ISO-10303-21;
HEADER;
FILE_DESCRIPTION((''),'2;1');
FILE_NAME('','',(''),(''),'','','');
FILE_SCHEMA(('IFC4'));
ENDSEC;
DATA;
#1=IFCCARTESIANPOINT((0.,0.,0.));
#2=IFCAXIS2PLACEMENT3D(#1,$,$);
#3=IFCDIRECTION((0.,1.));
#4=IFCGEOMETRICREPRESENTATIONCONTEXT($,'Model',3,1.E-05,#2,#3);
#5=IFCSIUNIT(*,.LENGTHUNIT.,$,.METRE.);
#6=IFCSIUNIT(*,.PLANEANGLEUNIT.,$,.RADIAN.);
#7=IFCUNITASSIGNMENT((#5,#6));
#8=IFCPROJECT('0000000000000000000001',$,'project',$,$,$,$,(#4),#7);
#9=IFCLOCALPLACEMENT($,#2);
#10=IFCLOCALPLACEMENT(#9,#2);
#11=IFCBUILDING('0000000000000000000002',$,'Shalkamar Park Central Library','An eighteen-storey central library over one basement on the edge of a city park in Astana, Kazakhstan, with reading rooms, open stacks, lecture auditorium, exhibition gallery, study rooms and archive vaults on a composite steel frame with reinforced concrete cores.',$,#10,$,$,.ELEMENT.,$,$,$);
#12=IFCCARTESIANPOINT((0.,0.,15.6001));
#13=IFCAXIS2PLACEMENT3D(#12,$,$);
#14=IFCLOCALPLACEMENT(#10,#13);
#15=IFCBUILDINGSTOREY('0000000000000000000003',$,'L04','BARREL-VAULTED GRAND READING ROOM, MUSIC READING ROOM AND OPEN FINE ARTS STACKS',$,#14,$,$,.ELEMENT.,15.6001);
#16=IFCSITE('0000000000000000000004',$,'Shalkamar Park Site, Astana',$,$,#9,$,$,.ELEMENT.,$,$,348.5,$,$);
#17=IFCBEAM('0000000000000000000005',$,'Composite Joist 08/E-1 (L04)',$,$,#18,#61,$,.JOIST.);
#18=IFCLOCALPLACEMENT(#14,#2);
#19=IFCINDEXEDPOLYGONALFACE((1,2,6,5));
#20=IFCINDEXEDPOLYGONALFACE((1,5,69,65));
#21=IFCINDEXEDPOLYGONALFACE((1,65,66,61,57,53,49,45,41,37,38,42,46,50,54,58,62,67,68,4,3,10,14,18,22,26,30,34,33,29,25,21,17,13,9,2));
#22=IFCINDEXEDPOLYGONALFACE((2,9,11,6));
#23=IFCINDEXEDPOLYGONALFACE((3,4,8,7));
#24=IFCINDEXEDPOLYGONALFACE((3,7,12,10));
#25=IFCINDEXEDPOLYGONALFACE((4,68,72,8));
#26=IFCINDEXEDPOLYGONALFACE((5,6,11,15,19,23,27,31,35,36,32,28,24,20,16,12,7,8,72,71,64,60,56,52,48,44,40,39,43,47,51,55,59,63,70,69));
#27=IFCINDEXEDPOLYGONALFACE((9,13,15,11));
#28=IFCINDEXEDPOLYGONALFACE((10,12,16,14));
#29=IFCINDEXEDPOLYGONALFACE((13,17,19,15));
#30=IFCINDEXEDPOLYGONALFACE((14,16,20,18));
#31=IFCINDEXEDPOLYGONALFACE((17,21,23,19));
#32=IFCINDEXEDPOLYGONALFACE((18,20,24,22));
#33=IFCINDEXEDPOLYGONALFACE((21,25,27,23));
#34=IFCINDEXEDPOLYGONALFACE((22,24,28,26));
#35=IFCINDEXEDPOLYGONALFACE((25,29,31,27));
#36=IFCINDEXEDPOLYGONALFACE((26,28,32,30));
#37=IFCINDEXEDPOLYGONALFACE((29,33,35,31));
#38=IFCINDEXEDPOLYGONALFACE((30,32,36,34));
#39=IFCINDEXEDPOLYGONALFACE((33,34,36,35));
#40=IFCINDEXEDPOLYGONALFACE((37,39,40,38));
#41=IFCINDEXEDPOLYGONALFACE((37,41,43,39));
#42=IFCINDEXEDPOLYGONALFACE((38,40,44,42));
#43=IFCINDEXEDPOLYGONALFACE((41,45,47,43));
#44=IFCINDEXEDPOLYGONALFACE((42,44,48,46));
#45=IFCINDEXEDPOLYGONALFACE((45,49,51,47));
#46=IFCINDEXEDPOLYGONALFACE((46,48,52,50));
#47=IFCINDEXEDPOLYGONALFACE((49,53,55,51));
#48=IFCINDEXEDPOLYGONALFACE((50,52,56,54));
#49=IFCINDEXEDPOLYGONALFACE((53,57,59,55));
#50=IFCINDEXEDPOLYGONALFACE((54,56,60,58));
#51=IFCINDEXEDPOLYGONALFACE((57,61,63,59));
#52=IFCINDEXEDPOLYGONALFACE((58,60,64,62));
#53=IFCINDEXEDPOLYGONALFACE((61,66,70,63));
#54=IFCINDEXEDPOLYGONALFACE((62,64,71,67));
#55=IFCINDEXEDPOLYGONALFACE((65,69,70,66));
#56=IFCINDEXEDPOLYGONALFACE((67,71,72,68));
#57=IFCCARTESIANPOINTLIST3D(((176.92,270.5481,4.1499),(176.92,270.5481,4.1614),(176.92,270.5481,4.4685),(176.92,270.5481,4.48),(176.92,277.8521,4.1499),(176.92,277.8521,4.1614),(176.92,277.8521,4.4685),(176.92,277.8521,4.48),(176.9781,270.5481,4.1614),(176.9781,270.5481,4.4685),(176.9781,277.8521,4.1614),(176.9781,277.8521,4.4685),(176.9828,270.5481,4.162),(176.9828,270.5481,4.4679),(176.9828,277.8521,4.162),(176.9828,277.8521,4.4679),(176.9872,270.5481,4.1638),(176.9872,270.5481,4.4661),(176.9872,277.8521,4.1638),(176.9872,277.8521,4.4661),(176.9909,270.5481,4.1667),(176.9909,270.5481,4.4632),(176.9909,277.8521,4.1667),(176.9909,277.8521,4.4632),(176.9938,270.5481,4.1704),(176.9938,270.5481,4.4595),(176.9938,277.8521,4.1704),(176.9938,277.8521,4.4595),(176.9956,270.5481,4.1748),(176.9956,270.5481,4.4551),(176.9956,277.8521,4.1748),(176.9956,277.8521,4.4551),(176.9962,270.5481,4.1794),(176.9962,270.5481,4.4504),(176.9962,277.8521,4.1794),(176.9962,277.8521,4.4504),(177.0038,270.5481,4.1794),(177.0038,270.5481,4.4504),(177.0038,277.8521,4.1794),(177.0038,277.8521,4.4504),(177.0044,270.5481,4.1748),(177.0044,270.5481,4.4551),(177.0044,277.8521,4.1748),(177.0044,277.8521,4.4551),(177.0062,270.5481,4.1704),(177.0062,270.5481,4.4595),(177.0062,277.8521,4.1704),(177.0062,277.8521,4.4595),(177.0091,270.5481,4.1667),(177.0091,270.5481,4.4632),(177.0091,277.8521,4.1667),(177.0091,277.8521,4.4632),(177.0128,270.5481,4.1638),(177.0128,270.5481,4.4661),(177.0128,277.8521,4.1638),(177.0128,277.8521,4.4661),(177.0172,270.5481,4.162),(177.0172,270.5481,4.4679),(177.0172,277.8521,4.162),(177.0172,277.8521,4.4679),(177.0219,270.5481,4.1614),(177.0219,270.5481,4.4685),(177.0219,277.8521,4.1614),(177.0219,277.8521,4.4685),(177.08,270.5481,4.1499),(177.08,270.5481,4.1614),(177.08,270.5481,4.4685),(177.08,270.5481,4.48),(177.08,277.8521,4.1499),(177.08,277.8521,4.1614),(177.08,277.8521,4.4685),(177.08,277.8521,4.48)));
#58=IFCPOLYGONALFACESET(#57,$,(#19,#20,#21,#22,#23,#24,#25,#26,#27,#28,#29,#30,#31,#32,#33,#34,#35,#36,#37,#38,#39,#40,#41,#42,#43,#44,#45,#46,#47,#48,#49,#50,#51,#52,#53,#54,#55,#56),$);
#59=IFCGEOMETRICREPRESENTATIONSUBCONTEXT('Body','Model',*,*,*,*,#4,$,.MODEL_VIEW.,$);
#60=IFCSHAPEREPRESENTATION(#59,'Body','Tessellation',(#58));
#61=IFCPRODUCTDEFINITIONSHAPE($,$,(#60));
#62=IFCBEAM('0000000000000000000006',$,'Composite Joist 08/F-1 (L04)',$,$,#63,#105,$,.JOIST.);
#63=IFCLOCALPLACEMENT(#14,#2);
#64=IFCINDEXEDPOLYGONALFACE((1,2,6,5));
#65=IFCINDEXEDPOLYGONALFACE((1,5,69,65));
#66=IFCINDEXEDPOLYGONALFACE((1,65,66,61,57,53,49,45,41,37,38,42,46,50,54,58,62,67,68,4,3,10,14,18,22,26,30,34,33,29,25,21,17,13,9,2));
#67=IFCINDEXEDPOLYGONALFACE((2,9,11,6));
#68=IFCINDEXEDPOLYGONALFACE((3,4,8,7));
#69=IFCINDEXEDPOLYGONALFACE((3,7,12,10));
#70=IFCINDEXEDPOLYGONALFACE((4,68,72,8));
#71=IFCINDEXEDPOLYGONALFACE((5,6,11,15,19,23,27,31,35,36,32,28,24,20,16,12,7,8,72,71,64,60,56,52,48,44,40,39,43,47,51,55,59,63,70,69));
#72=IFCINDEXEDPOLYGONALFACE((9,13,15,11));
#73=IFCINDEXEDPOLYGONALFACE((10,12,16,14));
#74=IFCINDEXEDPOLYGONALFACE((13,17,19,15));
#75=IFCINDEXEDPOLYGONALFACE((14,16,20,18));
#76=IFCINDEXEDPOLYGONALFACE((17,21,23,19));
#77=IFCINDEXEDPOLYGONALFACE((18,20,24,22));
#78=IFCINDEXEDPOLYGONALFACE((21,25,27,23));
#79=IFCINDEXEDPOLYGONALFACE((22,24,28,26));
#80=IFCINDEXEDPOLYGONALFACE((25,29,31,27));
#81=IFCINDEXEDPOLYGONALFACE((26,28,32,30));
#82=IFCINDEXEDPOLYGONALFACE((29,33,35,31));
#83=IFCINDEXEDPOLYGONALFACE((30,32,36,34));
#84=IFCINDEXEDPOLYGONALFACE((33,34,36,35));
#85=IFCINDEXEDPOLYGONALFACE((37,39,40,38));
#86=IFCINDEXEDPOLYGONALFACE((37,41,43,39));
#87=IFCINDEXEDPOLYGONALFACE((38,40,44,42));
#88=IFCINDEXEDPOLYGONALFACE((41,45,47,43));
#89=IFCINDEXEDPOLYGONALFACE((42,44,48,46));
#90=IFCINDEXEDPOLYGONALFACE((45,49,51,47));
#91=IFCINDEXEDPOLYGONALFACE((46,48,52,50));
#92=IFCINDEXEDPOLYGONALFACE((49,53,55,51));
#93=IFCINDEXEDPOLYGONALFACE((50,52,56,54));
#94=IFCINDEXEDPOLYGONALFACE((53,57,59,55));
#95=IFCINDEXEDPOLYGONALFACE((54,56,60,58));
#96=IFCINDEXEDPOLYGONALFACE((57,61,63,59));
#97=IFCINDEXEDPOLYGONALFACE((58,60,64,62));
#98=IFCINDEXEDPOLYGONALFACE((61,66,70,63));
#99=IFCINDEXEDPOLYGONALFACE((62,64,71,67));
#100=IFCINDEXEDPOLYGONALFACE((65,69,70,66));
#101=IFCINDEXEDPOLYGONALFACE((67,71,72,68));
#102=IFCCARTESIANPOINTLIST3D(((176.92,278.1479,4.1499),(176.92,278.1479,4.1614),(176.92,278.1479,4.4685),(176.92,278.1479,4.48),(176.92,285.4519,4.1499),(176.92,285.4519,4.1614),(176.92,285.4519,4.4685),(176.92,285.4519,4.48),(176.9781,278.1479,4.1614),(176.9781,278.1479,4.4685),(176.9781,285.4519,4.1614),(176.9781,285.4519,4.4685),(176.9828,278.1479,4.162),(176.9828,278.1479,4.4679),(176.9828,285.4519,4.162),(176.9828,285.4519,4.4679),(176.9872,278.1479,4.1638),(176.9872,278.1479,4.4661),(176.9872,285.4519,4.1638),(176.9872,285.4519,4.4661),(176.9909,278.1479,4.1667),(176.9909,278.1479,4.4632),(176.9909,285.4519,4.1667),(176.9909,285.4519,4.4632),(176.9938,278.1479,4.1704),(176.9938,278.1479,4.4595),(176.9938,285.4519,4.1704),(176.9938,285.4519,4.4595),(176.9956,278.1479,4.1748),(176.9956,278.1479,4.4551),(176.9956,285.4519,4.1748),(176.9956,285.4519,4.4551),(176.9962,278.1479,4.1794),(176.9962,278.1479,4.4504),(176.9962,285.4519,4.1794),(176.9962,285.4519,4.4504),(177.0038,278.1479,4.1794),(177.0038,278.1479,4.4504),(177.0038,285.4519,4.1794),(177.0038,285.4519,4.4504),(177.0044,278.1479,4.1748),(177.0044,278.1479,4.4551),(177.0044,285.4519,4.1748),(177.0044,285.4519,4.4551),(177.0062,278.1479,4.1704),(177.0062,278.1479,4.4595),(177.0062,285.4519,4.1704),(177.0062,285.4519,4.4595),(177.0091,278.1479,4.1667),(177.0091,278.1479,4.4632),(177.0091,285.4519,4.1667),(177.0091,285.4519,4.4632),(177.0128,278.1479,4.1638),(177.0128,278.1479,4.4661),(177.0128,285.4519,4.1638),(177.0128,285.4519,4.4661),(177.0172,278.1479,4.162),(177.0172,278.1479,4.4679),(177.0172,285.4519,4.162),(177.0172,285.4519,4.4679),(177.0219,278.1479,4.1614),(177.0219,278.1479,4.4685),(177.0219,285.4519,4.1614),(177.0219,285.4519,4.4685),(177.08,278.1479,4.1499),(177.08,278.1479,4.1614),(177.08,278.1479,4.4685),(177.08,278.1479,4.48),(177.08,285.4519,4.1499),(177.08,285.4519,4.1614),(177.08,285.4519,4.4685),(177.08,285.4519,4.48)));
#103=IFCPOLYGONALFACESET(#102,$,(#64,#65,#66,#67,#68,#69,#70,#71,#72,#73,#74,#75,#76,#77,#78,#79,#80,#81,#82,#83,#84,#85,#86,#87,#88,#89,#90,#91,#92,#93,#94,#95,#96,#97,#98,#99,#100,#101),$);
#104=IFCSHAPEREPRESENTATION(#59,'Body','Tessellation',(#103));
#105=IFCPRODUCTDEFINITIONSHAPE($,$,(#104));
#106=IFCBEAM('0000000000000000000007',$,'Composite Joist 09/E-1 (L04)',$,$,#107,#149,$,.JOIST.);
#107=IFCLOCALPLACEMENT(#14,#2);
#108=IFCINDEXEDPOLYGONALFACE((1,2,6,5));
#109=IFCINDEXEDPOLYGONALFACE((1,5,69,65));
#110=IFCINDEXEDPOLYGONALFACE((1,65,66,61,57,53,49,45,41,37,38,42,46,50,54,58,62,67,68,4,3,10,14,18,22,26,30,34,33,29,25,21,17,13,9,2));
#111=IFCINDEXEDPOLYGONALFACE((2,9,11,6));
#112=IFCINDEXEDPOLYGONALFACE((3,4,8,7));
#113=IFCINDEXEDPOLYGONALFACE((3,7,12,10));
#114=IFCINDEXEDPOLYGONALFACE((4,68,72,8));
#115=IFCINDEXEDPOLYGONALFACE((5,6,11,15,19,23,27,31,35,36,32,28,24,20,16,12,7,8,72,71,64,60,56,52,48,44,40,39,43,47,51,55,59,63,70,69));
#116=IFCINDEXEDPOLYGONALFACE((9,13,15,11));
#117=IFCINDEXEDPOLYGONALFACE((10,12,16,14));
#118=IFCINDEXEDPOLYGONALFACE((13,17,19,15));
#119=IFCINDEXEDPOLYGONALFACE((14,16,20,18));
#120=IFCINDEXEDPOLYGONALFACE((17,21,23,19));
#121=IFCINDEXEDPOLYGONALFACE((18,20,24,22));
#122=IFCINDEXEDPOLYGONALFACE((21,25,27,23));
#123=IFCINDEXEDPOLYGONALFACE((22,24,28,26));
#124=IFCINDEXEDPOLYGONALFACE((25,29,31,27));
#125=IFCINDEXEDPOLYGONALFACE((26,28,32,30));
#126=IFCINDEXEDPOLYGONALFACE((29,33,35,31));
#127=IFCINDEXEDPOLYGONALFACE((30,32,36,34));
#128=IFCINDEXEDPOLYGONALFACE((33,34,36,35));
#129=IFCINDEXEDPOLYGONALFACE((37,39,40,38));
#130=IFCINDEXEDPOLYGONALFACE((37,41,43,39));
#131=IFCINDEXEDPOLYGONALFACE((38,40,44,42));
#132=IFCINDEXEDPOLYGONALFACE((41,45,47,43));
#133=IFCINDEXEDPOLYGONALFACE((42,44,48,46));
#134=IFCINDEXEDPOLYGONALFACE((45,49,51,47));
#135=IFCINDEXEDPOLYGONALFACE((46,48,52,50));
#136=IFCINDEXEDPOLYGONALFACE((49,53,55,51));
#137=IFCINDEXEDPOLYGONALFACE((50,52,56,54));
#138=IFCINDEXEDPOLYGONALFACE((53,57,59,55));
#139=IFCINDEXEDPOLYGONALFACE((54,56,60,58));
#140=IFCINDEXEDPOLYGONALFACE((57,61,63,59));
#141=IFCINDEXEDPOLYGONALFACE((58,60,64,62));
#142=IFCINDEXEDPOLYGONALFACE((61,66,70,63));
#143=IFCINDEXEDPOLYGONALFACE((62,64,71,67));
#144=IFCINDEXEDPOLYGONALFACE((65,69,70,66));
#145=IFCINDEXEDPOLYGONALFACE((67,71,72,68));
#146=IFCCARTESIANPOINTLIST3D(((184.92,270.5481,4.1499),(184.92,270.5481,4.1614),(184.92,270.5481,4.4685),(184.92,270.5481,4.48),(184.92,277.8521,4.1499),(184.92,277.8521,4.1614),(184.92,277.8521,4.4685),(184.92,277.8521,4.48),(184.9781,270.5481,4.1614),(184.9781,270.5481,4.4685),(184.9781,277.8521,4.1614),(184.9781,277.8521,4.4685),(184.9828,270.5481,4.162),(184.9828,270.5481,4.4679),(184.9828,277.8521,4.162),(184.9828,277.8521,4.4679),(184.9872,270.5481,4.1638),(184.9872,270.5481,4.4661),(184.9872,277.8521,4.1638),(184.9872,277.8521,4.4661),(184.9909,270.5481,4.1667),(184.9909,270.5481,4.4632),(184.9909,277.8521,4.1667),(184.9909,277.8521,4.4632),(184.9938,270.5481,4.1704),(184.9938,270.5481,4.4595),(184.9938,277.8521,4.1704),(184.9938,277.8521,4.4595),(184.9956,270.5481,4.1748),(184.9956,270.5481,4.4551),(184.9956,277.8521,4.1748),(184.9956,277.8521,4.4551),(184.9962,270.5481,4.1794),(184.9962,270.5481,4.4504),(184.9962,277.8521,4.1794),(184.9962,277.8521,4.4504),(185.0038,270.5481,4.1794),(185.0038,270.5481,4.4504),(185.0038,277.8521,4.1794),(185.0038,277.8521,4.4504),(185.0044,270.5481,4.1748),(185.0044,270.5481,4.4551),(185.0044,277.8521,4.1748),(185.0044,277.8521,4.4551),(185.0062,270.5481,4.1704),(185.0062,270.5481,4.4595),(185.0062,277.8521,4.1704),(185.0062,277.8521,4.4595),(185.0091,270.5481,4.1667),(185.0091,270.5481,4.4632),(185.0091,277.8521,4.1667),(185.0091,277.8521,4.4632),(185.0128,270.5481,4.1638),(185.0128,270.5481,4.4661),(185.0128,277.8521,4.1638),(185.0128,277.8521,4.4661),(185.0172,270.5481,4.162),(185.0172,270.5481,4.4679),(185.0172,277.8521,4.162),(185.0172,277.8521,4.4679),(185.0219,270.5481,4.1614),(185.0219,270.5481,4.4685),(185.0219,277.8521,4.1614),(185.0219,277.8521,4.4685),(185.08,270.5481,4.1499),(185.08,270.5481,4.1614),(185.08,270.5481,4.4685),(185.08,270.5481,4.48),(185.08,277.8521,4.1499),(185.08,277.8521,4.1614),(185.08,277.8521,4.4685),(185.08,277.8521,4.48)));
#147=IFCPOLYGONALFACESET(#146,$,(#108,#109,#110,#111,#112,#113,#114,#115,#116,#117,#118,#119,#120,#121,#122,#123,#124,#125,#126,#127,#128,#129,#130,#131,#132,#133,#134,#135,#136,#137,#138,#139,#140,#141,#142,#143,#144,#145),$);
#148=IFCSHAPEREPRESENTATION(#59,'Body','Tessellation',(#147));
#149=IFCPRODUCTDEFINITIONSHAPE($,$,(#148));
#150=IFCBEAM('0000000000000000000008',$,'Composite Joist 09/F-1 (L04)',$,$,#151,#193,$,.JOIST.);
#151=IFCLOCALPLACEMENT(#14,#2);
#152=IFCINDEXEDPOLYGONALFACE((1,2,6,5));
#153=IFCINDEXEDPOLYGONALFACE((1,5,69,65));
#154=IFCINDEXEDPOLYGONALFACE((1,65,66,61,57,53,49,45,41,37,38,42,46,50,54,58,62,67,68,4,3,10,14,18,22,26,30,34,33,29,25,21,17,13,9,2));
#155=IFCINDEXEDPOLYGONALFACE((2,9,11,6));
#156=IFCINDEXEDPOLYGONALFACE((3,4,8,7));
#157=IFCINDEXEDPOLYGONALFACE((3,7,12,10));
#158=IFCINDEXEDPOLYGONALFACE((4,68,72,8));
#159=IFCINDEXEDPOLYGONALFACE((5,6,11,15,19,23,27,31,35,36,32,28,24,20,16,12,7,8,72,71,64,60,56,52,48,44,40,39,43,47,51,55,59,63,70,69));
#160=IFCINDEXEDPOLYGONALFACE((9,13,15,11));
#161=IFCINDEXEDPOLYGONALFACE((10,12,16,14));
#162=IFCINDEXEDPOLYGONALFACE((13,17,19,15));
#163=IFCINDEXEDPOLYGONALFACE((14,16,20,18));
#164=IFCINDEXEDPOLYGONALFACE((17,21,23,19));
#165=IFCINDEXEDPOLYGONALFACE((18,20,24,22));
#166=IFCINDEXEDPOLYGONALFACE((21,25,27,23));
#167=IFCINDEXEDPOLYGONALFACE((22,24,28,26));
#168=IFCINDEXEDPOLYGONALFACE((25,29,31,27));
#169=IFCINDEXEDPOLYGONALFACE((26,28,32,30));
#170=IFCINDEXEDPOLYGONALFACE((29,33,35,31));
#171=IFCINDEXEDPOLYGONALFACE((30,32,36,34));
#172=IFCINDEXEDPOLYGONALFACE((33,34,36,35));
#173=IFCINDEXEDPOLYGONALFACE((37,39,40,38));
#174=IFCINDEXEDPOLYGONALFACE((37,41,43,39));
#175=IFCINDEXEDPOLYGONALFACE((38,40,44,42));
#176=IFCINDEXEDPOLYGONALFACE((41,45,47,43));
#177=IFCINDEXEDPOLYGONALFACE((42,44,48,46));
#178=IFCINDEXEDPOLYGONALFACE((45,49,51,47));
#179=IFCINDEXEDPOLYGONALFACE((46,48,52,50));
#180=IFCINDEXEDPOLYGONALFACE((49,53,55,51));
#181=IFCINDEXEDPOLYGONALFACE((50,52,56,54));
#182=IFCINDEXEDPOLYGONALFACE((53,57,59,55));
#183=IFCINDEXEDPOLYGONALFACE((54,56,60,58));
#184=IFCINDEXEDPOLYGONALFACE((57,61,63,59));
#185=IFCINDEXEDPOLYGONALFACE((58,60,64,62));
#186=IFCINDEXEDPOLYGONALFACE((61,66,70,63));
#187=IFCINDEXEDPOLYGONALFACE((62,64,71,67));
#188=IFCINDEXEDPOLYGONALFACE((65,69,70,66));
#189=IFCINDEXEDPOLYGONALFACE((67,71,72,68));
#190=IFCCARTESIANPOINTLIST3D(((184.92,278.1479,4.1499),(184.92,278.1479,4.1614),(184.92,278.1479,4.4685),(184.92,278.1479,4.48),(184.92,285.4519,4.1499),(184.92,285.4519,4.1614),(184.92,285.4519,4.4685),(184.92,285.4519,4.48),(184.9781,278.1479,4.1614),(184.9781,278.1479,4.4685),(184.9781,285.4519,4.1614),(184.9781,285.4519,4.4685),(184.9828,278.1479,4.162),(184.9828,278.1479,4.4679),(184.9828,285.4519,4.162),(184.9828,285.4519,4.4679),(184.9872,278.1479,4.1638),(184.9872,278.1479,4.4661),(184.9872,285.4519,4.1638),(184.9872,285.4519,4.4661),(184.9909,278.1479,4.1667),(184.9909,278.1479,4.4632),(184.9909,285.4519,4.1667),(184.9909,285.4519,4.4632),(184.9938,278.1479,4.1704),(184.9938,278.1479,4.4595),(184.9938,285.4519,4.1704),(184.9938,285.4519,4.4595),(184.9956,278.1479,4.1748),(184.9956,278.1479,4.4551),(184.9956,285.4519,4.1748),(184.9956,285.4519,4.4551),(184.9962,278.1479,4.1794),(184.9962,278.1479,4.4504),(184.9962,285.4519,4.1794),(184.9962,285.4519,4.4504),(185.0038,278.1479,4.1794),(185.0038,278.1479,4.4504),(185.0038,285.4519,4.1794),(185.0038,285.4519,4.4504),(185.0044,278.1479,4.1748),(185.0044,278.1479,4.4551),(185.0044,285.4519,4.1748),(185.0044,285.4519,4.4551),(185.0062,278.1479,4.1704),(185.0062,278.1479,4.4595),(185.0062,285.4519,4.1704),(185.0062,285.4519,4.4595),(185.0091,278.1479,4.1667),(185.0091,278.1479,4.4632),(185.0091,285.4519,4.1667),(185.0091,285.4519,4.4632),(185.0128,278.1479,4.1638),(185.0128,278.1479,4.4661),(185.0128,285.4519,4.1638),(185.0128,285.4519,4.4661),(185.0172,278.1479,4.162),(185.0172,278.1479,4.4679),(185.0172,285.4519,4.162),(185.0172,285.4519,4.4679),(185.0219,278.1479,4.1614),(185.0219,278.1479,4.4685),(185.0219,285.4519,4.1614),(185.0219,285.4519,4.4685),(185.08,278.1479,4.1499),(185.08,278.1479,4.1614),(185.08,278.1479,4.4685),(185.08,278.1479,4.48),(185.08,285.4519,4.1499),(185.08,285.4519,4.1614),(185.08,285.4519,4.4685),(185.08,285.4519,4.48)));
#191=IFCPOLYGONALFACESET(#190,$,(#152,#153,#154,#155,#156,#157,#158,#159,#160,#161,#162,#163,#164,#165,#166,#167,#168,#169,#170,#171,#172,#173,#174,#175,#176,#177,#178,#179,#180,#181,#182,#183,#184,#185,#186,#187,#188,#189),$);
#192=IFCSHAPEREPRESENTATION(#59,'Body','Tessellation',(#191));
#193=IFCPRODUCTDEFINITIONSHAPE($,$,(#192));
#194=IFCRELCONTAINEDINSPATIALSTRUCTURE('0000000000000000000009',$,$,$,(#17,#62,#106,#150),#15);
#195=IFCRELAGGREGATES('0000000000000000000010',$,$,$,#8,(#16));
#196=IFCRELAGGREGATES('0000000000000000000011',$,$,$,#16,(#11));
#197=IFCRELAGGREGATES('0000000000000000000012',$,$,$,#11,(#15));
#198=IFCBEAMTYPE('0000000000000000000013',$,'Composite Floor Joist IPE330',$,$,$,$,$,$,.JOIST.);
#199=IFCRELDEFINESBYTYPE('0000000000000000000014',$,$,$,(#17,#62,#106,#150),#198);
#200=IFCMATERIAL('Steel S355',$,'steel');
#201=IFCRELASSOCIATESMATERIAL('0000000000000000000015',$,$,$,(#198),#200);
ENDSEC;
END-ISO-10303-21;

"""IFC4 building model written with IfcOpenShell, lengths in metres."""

from ifc_helpers import new_model, si_unit, direction, frame, origin, origin_2d, place, context, subcontext, project, spatial, i_section, extrude, material, material_profile, profile_set, type_object, element, save


model = new_model("IFC4")

# Units and contexts
model_context = context("Model", 3, precision=1e-05, world=origin(), true_north=direction((0.0, 1.0)))
body_context = subcontext(model_context, "Body", "Model", "MODEL_VIEW")
ifc_project = project(units=[si_unit("LENGTHUNIT", "METRE"), si_unit("PLANEANGLEUNIT", "RADIAN")], contexts=[model_context])

# Site, building, storey
site_placement = place(None, origin())
site = spatial("IfcSite", under=ifc_project, at=site_placement, Name="Shalkamar Park Site, Astana", CompositionType="ELEMENT", RefElevation=348.5)
building_placement = place(site_placement, origin())
building = spatial("IfcBuilding", under=site, at=building_placement, Name="Shalkamar Park Central Library", Description="An eighteen-storey central library over one basement on the edge of a city park in Astana, Kazakhstan, with reading rooms, open stacks, lecture auditorium, exhibition gallery, study rooms and archive vaults on a composite steel frame with reinforced concrete cores.", CompositionType="ELEMENT")
storey_placement = place(building_placement, frame((0.0, 0.0, 15.6001)))
storey = spatial("IfcBuildingStorey", under=building, at=storey_placement, Name="L04", Description="BARREL-VAULTED GRAND READING ROOM, MUSIC READING ROOM AND OPEN FINE ARTS STACKS", CompositionType="ELEMENT", Elevation=15.6001)

# Shared definitions
ifc_material = material(Name="Steel S355", Category="steel")

# Beams
ifc_material_profile_1 = material_profile(ifc_material, i_section(OverallWidth=0.1599, OverallDepth=0.3301, WebThickness=0.0076, FlangeThickness=0.0115, FilletRadius=0.0181, at=origin_2d()), Name="IPE 330")
ifc_profile_set_1 = profile_set([ifc_material_profile_1], Name="Steel S355")
beam_type_1 = type_object("IfcBeamType", Name="Composite Floor Joist IPE330", PredefinedType="JOIST", material=ifc_profile_set_1)
for number, where, z_axis, x_axis, name in (
    (1, (177.0, 270.5481, 4.3149), (0.0, 1.0, 0.0), (-1.0, 0.0, 0.0), "Composite Joist 08/E-1 (L04)"),
    (2, (177.0, 278.1479, 4.3149), (0.0, 1.0, 0.0), (-1.0, 0.0, 0.0), "Composite Joist 08/F-1 (L04)"),
    (3, (185.0, 270.5481, 4.3149), (0.0, 1.0, 0.0), (-1.0, 0.0, 0.0), "Composite Joist 09/E-1 (L04)"),
    (4, (185.0, 278.1479, 4.3149), (0.0, 1.0, 0.0), (-1.0, 0.0, 0.0), "Composite Joist 09/F-1 (L04)"),
):
    element("IfcBeam", number, at=place(storey_placement, frame(where, z_axis=z_axis, x_axis=x_axis)), inside=storey, type_object=beam_type_1, Name=name, PredefinedType="JOIST", context=body_context, shape_type="SweptSolid", body=[
        extrude(i_section(OverallWidth=0.1599, OverallDepth=0.3301, WebThickness=0.0076, FlangeThickness=0.0115, FilletRadius=0.0181, at=origin_2d()), origin(), (0.0, 0.0, 1.0), 7.304),
    ])

save(model, "model.ifc")
